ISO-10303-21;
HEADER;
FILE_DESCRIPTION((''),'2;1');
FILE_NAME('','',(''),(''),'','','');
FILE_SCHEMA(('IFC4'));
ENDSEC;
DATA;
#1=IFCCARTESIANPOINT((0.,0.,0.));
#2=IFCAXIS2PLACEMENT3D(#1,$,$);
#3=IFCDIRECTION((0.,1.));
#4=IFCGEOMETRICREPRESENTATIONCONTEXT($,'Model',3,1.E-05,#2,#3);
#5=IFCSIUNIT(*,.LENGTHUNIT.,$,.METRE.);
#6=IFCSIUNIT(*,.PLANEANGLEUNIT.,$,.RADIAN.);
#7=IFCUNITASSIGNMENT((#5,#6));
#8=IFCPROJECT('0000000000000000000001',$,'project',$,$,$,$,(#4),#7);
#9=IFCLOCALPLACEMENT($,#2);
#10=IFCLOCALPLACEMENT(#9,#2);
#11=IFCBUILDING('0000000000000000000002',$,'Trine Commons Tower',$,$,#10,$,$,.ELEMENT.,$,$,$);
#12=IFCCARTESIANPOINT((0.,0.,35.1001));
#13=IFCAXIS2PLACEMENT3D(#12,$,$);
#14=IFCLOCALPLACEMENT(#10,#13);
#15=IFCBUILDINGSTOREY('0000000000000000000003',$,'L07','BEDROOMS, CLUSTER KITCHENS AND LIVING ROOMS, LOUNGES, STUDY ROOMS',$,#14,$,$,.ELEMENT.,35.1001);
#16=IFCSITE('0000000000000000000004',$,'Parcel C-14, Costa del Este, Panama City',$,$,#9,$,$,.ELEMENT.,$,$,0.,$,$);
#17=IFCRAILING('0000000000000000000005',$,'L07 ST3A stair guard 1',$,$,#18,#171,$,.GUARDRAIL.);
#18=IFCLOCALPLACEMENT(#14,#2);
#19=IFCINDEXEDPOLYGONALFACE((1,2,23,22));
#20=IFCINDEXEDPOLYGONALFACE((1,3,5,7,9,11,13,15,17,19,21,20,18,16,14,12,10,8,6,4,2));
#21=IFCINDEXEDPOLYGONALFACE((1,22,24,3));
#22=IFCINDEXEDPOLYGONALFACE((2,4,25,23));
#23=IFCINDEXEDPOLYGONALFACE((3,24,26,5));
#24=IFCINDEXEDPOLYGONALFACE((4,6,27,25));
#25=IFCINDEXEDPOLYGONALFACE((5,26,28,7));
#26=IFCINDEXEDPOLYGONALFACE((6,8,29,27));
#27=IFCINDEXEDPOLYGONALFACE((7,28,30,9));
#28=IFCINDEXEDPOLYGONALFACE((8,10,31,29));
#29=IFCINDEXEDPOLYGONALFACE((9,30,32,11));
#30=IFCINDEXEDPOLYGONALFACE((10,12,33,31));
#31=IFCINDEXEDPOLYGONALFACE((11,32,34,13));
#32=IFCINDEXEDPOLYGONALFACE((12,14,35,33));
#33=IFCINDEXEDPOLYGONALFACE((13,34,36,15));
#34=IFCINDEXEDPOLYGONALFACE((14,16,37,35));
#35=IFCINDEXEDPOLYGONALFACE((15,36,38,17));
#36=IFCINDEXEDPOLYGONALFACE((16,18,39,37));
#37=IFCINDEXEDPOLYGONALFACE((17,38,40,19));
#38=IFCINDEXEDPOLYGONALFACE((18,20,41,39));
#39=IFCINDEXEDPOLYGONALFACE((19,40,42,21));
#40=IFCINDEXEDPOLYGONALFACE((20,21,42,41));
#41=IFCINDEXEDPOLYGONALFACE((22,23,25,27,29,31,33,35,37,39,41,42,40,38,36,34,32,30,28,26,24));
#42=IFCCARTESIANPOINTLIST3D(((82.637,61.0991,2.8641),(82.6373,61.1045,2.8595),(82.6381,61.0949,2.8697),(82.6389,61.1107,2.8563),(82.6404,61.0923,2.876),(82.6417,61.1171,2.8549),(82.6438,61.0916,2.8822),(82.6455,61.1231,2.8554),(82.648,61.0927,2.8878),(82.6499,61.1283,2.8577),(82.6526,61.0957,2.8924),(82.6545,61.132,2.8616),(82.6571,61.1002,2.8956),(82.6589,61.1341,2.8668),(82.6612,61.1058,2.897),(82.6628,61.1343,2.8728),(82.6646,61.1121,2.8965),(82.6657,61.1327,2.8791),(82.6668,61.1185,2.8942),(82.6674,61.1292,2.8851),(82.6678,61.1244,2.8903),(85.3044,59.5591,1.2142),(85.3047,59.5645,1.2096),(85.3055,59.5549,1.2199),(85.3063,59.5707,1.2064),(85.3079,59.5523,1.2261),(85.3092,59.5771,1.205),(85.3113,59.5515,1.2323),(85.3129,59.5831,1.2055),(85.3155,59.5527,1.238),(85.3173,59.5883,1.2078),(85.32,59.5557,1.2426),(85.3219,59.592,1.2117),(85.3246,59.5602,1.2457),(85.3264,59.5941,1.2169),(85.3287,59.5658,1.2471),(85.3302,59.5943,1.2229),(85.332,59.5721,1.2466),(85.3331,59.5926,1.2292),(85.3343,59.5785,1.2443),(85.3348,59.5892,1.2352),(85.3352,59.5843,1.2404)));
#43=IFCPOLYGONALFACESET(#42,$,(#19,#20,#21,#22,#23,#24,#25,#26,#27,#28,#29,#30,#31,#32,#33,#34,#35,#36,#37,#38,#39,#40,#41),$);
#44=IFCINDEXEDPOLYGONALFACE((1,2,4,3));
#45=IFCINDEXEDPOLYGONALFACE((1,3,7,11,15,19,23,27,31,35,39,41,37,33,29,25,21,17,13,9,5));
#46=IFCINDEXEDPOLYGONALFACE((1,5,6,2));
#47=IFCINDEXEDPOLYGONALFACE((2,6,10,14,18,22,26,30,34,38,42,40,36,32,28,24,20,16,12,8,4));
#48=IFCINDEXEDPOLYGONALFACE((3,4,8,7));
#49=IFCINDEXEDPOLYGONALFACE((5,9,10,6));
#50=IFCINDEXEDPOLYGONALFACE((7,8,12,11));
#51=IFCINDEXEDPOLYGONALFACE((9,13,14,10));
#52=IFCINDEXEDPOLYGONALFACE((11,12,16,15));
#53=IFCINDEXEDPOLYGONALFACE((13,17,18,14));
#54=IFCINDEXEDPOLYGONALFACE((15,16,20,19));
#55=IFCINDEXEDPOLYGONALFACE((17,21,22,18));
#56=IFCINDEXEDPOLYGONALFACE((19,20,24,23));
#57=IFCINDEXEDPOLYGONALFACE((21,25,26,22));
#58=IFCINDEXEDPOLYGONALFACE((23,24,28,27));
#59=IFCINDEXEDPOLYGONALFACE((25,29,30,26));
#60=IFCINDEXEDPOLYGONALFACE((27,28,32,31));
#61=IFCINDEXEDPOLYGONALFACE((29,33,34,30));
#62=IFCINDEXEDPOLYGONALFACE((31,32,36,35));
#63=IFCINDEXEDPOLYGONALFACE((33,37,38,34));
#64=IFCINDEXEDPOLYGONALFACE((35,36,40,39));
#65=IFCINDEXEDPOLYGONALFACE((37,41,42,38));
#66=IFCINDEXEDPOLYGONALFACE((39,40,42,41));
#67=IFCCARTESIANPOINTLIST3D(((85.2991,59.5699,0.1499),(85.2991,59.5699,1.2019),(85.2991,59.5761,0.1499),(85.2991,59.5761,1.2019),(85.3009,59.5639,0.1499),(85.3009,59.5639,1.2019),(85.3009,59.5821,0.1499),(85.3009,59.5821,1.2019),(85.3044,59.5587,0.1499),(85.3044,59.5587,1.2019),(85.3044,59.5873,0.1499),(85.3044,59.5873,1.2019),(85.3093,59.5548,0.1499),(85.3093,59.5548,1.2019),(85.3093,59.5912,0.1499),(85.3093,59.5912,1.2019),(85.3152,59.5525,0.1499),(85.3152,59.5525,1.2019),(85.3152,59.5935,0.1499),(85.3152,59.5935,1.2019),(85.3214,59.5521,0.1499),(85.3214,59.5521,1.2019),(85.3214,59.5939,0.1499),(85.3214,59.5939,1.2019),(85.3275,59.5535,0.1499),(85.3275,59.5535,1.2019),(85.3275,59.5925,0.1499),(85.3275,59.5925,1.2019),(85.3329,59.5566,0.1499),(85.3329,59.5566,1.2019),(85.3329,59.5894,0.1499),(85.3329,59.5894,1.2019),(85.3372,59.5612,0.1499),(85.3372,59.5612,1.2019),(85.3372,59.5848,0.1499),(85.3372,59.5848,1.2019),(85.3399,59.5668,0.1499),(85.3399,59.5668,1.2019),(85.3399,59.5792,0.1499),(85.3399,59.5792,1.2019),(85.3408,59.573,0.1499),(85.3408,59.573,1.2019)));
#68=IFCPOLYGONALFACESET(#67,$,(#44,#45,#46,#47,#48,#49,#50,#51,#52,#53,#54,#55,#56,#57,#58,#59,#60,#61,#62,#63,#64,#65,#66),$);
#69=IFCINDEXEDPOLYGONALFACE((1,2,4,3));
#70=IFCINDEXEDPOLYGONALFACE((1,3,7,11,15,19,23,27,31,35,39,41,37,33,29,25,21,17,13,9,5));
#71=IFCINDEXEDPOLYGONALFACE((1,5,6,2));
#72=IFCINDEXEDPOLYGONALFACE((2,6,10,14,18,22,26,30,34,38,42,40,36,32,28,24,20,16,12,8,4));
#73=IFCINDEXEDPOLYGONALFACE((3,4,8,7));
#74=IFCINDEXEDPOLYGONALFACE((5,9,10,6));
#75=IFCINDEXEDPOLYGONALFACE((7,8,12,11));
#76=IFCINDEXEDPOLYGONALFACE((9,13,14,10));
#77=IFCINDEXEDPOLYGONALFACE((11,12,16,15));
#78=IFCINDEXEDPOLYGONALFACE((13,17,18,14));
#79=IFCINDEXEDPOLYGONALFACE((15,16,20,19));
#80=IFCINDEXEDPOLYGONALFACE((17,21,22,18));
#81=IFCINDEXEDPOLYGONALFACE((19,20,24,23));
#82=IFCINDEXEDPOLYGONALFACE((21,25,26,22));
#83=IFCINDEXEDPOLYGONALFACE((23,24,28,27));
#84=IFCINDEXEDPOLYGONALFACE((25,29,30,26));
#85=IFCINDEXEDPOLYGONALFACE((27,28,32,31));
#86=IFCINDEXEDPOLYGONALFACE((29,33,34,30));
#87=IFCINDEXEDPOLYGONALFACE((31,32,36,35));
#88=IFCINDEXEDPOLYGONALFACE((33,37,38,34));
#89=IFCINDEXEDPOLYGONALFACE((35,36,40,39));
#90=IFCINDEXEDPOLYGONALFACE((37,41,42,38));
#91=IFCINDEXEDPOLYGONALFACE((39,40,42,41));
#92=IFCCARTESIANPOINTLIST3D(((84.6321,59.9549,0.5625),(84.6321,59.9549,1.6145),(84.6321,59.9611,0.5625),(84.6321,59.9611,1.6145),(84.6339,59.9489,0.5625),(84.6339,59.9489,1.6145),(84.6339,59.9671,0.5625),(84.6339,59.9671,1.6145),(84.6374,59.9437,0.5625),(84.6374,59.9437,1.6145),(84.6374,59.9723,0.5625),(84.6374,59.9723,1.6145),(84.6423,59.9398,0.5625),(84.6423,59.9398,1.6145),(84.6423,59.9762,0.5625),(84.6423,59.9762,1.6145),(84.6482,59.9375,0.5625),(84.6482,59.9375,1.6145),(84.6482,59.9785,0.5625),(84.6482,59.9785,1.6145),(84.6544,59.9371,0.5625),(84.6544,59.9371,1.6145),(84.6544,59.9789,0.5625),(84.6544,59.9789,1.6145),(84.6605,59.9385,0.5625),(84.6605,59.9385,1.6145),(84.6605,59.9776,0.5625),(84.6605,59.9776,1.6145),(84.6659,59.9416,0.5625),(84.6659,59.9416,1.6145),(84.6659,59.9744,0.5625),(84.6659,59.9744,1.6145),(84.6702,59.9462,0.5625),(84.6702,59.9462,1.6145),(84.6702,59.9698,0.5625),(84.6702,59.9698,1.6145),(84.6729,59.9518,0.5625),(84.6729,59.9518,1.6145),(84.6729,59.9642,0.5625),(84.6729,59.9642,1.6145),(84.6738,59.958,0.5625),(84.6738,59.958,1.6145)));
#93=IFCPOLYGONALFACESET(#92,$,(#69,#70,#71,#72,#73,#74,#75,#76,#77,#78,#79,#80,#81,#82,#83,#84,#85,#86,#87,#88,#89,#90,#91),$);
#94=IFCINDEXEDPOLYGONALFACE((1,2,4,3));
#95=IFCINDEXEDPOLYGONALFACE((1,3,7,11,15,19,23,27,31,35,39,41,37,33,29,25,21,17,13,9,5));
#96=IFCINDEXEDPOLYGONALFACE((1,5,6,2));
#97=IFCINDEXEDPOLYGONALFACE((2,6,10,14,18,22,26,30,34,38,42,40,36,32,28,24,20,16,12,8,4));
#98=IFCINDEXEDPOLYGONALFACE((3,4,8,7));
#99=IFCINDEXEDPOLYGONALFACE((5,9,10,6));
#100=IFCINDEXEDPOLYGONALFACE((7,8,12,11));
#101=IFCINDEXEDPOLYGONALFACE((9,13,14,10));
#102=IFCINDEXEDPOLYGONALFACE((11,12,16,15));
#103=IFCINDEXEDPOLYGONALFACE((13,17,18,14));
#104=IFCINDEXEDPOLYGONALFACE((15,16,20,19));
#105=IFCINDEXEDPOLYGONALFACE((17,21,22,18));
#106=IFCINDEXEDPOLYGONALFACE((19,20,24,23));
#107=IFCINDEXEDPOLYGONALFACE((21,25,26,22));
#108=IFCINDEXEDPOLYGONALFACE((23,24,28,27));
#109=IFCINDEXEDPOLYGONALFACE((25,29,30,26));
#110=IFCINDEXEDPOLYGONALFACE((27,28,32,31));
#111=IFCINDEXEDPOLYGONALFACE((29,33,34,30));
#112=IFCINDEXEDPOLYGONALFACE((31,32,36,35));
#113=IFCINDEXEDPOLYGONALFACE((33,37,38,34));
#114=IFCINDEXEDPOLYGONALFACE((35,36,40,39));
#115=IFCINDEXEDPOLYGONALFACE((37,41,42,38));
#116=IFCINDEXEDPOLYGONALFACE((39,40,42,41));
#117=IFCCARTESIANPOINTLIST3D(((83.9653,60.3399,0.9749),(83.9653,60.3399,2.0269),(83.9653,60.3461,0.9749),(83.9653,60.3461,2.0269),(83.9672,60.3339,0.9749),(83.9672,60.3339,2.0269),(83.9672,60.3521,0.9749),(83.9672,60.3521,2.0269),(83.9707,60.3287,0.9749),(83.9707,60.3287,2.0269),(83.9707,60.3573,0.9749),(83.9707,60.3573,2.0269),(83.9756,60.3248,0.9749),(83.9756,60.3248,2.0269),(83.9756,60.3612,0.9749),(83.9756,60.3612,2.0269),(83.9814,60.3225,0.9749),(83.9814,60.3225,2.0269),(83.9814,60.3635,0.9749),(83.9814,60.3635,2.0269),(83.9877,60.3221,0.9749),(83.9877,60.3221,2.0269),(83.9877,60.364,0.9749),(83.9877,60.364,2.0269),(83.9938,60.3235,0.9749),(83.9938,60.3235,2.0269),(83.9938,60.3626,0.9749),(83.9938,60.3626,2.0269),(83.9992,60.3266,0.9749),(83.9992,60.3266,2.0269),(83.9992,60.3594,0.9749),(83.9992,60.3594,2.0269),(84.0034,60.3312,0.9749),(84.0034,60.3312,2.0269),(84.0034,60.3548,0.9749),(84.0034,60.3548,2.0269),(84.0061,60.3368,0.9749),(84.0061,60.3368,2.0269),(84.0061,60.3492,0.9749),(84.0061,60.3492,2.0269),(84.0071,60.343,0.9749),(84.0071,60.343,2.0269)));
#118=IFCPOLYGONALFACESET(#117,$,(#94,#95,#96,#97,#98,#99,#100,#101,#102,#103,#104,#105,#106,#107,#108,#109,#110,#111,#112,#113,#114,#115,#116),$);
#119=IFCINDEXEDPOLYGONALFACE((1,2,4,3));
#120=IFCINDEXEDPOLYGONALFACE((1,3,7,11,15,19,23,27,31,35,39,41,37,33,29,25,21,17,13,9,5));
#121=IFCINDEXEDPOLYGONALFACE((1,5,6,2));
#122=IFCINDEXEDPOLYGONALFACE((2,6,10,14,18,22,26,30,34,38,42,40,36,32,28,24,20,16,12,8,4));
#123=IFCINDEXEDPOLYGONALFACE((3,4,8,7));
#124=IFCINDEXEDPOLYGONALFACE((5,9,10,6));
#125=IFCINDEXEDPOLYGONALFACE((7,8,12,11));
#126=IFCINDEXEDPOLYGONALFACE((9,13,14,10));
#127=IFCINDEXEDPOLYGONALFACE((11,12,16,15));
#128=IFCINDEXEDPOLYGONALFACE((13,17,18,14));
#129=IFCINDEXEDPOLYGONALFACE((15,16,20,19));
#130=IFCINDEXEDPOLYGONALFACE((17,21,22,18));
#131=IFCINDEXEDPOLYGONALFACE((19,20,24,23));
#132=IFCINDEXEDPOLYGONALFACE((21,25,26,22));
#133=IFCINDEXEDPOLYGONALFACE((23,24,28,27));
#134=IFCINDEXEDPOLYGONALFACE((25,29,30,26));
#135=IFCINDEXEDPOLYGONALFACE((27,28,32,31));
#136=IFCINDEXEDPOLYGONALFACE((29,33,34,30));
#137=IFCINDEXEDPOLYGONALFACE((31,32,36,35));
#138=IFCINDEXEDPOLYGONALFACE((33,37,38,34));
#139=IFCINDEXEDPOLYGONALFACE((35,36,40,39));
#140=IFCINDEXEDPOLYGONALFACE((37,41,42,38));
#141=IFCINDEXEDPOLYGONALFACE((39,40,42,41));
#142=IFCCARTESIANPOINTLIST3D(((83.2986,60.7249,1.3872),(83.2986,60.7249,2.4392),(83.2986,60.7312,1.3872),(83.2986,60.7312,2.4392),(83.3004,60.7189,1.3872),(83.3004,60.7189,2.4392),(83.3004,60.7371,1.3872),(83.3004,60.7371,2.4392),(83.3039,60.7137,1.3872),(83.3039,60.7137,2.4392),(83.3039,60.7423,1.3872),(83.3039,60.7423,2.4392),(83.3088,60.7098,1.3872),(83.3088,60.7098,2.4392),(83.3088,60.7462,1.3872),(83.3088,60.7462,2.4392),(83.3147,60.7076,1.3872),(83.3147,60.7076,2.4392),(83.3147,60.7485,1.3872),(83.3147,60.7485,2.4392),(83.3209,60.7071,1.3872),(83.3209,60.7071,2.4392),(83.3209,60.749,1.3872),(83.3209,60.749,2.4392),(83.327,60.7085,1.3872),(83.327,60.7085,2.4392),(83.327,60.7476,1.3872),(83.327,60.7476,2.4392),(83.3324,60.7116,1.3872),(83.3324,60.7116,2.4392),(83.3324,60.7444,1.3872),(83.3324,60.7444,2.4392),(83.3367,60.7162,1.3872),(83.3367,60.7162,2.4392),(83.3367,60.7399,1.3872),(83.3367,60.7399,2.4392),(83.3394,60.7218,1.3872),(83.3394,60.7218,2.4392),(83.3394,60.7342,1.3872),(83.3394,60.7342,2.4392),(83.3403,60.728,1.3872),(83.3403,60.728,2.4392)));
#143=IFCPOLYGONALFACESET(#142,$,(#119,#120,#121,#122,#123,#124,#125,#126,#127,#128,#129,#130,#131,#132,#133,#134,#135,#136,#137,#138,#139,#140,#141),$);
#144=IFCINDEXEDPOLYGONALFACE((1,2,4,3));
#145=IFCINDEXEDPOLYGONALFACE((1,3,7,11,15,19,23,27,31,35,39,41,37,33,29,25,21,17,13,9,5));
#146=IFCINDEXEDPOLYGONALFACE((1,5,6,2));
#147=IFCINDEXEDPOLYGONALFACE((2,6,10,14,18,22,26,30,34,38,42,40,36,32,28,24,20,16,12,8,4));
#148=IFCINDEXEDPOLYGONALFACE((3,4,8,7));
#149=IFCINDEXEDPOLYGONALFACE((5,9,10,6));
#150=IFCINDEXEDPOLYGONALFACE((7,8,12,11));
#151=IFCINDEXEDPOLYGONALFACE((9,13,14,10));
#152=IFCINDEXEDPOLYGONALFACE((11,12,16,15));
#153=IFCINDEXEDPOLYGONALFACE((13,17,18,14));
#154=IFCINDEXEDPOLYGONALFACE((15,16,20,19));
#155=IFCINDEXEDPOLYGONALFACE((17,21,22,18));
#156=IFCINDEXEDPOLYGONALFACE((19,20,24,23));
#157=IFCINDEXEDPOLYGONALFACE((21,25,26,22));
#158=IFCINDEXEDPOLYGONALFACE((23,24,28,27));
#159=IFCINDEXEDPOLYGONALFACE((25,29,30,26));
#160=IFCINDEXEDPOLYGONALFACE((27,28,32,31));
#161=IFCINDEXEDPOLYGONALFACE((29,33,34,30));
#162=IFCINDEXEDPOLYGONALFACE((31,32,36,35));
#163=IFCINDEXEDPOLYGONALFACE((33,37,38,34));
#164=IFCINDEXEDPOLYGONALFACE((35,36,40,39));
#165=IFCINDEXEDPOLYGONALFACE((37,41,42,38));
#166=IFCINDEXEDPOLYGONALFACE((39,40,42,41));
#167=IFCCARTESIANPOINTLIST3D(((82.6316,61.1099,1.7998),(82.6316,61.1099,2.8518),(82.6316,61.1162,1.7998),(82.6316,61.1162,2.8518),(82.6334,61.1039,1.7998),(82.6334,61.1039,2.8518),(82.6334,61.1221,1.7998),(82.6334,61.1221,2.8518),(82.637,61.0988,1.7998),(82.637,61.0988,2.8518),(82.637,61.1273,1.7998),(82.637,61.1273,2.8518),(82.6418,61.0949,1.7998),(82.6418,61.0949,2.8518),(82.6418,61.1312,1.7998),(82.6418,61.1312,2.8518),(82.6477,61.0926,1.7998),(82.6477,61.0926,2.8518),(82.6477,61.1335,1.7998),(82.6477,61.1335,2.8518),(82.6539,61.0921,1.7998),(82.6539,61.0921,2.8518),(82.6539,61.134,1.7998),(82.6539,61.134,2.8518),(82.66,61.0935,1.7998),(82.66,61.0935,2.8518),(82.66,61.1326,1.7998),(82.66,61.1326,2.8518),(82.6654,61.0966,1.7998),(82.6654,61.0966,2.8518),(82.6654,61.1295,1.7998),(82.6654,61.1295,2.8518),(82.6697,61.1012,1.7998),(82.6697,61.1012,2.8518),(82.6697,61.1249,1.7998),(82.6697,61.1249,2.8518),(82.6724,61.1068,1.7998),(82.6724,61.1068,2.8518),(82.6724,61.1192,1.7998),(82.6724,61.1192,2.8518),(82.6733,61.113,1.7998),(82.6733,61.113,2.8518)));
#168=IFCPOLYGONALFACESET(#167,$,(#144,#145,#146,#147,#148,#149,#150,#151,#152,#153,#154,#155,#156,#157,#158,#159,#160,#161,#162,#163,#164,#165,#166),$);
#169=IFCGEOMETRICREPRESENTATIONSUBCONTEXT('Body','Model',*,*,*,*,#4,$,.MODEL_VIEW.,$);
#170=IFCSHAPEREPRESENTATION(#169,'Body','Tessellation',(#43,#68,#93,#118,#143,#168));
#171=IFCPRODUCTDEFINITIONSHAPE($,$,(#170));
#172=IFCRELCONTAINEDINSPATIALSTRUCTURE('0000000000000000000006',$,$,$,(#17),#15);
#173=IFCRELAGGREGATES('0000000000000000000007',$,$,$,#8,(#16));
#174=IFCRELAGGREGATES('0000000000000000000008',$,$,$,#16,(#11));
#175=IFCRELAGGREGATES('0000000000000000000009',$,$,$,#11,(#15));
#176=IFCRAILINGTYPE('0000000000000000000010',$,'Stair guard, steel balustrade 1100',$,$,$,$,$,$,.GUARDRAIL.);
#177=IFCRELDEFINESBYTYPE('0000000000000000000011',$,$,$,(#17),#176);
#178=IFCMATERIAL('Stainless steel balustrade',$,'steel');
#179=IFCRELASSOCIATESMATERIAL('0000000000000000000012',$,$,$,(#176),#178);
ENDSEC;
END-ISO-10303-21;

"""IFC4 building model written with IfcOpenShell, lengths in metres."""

from ifc_helpers import new_model, si_unit, direction, frame, origin, origin_2d, place, context, subcontext, project, spatial, circle, extrude, material, type_object, element, save


model = new_model("IFC4")

# Units and contexts
model_context = context("Model", 3, precision=1e-05, world=origin(), true_north=direction((0.0, 1.0)))
body_context = subcontext(model_context, "Body", "Model", "MODEL_VIEW")
ifc_project = project(units=[si_unit("LENGTHUNIT", "METRE"), si_unit("PLANEANGLEUNIT", "RADIAN")], contexts=[model_context])

# Site, building, storey
site_placement = place(None, origin())
site = spatial("IfcSite", under=ifc_project, at=site_placement, Name="Parcel C-14, Costa del Este, Panama City", CompositionType="ELEMENT", RefElevation=0.0)
building_placement = place(site_placement, origin())
building = spatial("IfcBuilding", under=site, at=building_placement, Name="Trine Commons Tower", CompositionType="ELEMENT")
storey_placement = place(building_placement, frame((0.0, 0.0, 35.1001)))
storey = spatial("IfcBuildingStorey", under=building, at=storey_placement, Name="L07", Description="BEDROOMS, CLUSTER KITCHENS AND LIVING ROOMS, LOUNGES, STUDY ROOMS", CompositionType="ELEMENT", Elevation=35.1001)

# Railing
ifc_material_1 = material(Name="Stainless steel balustrade", Category="steel")
railing_type_1 = type_object("IfcRailingType", Name="Stair guard, steel balustrade 1100", PredefinedType="GUARDRAIL", material=ifc_material_1)
railing_1_placement = place(storey_placement, frame((85.3198, 59.573, 0.1499)))
element("IfcRailing", 1, at=railing_1_placement, inside=storey, type_object=railing_type_1, Name="L07 ST3A stair guard 1", PredefinedType="GUARDRAIL", context=body_context, shape_type="SweptSolid", body=[
    extrude(circle(Radius=0.0239, at=origin_2d()), frame((0.0, 0.0, 1.0762), z_axis=(-0.763405, 0.440743, 0.472185), x_axis=(-0.499992, -0.86603, 0.0)), (0.0, 0.0, 1.0), 3.4941),
    extrude(circle(Radius=0.021, at=origin_2d()), origin(), (0.0, 0.0, 1.0), 1.052),
    extrude(circle(Radius=0.021, at=origin_2d()), frame((-0.667, 0.385, 0.4126)), (0.0, 0.0, 1.0), 1.052),
    extrude(circle(Radius=0.021, at=origin_2d()), frame((-1.3337, 0.77, 0.825)), (0.0, 0.0, 1.0), 1.052),
    extrude(circle(Radius=0.021, at=origin_2d()), frame((-2.0005, 1.155, 1.2373)), (0.0, 0.0, 1.0), 1.052),
    extrude(circle(Radius=0.021, at=origin_2d()), frame((-2.6675, 1.54, 1.6499)), (0.0, 0.0, 1.0), 1.052),
])

save(model, "model.ifc")
